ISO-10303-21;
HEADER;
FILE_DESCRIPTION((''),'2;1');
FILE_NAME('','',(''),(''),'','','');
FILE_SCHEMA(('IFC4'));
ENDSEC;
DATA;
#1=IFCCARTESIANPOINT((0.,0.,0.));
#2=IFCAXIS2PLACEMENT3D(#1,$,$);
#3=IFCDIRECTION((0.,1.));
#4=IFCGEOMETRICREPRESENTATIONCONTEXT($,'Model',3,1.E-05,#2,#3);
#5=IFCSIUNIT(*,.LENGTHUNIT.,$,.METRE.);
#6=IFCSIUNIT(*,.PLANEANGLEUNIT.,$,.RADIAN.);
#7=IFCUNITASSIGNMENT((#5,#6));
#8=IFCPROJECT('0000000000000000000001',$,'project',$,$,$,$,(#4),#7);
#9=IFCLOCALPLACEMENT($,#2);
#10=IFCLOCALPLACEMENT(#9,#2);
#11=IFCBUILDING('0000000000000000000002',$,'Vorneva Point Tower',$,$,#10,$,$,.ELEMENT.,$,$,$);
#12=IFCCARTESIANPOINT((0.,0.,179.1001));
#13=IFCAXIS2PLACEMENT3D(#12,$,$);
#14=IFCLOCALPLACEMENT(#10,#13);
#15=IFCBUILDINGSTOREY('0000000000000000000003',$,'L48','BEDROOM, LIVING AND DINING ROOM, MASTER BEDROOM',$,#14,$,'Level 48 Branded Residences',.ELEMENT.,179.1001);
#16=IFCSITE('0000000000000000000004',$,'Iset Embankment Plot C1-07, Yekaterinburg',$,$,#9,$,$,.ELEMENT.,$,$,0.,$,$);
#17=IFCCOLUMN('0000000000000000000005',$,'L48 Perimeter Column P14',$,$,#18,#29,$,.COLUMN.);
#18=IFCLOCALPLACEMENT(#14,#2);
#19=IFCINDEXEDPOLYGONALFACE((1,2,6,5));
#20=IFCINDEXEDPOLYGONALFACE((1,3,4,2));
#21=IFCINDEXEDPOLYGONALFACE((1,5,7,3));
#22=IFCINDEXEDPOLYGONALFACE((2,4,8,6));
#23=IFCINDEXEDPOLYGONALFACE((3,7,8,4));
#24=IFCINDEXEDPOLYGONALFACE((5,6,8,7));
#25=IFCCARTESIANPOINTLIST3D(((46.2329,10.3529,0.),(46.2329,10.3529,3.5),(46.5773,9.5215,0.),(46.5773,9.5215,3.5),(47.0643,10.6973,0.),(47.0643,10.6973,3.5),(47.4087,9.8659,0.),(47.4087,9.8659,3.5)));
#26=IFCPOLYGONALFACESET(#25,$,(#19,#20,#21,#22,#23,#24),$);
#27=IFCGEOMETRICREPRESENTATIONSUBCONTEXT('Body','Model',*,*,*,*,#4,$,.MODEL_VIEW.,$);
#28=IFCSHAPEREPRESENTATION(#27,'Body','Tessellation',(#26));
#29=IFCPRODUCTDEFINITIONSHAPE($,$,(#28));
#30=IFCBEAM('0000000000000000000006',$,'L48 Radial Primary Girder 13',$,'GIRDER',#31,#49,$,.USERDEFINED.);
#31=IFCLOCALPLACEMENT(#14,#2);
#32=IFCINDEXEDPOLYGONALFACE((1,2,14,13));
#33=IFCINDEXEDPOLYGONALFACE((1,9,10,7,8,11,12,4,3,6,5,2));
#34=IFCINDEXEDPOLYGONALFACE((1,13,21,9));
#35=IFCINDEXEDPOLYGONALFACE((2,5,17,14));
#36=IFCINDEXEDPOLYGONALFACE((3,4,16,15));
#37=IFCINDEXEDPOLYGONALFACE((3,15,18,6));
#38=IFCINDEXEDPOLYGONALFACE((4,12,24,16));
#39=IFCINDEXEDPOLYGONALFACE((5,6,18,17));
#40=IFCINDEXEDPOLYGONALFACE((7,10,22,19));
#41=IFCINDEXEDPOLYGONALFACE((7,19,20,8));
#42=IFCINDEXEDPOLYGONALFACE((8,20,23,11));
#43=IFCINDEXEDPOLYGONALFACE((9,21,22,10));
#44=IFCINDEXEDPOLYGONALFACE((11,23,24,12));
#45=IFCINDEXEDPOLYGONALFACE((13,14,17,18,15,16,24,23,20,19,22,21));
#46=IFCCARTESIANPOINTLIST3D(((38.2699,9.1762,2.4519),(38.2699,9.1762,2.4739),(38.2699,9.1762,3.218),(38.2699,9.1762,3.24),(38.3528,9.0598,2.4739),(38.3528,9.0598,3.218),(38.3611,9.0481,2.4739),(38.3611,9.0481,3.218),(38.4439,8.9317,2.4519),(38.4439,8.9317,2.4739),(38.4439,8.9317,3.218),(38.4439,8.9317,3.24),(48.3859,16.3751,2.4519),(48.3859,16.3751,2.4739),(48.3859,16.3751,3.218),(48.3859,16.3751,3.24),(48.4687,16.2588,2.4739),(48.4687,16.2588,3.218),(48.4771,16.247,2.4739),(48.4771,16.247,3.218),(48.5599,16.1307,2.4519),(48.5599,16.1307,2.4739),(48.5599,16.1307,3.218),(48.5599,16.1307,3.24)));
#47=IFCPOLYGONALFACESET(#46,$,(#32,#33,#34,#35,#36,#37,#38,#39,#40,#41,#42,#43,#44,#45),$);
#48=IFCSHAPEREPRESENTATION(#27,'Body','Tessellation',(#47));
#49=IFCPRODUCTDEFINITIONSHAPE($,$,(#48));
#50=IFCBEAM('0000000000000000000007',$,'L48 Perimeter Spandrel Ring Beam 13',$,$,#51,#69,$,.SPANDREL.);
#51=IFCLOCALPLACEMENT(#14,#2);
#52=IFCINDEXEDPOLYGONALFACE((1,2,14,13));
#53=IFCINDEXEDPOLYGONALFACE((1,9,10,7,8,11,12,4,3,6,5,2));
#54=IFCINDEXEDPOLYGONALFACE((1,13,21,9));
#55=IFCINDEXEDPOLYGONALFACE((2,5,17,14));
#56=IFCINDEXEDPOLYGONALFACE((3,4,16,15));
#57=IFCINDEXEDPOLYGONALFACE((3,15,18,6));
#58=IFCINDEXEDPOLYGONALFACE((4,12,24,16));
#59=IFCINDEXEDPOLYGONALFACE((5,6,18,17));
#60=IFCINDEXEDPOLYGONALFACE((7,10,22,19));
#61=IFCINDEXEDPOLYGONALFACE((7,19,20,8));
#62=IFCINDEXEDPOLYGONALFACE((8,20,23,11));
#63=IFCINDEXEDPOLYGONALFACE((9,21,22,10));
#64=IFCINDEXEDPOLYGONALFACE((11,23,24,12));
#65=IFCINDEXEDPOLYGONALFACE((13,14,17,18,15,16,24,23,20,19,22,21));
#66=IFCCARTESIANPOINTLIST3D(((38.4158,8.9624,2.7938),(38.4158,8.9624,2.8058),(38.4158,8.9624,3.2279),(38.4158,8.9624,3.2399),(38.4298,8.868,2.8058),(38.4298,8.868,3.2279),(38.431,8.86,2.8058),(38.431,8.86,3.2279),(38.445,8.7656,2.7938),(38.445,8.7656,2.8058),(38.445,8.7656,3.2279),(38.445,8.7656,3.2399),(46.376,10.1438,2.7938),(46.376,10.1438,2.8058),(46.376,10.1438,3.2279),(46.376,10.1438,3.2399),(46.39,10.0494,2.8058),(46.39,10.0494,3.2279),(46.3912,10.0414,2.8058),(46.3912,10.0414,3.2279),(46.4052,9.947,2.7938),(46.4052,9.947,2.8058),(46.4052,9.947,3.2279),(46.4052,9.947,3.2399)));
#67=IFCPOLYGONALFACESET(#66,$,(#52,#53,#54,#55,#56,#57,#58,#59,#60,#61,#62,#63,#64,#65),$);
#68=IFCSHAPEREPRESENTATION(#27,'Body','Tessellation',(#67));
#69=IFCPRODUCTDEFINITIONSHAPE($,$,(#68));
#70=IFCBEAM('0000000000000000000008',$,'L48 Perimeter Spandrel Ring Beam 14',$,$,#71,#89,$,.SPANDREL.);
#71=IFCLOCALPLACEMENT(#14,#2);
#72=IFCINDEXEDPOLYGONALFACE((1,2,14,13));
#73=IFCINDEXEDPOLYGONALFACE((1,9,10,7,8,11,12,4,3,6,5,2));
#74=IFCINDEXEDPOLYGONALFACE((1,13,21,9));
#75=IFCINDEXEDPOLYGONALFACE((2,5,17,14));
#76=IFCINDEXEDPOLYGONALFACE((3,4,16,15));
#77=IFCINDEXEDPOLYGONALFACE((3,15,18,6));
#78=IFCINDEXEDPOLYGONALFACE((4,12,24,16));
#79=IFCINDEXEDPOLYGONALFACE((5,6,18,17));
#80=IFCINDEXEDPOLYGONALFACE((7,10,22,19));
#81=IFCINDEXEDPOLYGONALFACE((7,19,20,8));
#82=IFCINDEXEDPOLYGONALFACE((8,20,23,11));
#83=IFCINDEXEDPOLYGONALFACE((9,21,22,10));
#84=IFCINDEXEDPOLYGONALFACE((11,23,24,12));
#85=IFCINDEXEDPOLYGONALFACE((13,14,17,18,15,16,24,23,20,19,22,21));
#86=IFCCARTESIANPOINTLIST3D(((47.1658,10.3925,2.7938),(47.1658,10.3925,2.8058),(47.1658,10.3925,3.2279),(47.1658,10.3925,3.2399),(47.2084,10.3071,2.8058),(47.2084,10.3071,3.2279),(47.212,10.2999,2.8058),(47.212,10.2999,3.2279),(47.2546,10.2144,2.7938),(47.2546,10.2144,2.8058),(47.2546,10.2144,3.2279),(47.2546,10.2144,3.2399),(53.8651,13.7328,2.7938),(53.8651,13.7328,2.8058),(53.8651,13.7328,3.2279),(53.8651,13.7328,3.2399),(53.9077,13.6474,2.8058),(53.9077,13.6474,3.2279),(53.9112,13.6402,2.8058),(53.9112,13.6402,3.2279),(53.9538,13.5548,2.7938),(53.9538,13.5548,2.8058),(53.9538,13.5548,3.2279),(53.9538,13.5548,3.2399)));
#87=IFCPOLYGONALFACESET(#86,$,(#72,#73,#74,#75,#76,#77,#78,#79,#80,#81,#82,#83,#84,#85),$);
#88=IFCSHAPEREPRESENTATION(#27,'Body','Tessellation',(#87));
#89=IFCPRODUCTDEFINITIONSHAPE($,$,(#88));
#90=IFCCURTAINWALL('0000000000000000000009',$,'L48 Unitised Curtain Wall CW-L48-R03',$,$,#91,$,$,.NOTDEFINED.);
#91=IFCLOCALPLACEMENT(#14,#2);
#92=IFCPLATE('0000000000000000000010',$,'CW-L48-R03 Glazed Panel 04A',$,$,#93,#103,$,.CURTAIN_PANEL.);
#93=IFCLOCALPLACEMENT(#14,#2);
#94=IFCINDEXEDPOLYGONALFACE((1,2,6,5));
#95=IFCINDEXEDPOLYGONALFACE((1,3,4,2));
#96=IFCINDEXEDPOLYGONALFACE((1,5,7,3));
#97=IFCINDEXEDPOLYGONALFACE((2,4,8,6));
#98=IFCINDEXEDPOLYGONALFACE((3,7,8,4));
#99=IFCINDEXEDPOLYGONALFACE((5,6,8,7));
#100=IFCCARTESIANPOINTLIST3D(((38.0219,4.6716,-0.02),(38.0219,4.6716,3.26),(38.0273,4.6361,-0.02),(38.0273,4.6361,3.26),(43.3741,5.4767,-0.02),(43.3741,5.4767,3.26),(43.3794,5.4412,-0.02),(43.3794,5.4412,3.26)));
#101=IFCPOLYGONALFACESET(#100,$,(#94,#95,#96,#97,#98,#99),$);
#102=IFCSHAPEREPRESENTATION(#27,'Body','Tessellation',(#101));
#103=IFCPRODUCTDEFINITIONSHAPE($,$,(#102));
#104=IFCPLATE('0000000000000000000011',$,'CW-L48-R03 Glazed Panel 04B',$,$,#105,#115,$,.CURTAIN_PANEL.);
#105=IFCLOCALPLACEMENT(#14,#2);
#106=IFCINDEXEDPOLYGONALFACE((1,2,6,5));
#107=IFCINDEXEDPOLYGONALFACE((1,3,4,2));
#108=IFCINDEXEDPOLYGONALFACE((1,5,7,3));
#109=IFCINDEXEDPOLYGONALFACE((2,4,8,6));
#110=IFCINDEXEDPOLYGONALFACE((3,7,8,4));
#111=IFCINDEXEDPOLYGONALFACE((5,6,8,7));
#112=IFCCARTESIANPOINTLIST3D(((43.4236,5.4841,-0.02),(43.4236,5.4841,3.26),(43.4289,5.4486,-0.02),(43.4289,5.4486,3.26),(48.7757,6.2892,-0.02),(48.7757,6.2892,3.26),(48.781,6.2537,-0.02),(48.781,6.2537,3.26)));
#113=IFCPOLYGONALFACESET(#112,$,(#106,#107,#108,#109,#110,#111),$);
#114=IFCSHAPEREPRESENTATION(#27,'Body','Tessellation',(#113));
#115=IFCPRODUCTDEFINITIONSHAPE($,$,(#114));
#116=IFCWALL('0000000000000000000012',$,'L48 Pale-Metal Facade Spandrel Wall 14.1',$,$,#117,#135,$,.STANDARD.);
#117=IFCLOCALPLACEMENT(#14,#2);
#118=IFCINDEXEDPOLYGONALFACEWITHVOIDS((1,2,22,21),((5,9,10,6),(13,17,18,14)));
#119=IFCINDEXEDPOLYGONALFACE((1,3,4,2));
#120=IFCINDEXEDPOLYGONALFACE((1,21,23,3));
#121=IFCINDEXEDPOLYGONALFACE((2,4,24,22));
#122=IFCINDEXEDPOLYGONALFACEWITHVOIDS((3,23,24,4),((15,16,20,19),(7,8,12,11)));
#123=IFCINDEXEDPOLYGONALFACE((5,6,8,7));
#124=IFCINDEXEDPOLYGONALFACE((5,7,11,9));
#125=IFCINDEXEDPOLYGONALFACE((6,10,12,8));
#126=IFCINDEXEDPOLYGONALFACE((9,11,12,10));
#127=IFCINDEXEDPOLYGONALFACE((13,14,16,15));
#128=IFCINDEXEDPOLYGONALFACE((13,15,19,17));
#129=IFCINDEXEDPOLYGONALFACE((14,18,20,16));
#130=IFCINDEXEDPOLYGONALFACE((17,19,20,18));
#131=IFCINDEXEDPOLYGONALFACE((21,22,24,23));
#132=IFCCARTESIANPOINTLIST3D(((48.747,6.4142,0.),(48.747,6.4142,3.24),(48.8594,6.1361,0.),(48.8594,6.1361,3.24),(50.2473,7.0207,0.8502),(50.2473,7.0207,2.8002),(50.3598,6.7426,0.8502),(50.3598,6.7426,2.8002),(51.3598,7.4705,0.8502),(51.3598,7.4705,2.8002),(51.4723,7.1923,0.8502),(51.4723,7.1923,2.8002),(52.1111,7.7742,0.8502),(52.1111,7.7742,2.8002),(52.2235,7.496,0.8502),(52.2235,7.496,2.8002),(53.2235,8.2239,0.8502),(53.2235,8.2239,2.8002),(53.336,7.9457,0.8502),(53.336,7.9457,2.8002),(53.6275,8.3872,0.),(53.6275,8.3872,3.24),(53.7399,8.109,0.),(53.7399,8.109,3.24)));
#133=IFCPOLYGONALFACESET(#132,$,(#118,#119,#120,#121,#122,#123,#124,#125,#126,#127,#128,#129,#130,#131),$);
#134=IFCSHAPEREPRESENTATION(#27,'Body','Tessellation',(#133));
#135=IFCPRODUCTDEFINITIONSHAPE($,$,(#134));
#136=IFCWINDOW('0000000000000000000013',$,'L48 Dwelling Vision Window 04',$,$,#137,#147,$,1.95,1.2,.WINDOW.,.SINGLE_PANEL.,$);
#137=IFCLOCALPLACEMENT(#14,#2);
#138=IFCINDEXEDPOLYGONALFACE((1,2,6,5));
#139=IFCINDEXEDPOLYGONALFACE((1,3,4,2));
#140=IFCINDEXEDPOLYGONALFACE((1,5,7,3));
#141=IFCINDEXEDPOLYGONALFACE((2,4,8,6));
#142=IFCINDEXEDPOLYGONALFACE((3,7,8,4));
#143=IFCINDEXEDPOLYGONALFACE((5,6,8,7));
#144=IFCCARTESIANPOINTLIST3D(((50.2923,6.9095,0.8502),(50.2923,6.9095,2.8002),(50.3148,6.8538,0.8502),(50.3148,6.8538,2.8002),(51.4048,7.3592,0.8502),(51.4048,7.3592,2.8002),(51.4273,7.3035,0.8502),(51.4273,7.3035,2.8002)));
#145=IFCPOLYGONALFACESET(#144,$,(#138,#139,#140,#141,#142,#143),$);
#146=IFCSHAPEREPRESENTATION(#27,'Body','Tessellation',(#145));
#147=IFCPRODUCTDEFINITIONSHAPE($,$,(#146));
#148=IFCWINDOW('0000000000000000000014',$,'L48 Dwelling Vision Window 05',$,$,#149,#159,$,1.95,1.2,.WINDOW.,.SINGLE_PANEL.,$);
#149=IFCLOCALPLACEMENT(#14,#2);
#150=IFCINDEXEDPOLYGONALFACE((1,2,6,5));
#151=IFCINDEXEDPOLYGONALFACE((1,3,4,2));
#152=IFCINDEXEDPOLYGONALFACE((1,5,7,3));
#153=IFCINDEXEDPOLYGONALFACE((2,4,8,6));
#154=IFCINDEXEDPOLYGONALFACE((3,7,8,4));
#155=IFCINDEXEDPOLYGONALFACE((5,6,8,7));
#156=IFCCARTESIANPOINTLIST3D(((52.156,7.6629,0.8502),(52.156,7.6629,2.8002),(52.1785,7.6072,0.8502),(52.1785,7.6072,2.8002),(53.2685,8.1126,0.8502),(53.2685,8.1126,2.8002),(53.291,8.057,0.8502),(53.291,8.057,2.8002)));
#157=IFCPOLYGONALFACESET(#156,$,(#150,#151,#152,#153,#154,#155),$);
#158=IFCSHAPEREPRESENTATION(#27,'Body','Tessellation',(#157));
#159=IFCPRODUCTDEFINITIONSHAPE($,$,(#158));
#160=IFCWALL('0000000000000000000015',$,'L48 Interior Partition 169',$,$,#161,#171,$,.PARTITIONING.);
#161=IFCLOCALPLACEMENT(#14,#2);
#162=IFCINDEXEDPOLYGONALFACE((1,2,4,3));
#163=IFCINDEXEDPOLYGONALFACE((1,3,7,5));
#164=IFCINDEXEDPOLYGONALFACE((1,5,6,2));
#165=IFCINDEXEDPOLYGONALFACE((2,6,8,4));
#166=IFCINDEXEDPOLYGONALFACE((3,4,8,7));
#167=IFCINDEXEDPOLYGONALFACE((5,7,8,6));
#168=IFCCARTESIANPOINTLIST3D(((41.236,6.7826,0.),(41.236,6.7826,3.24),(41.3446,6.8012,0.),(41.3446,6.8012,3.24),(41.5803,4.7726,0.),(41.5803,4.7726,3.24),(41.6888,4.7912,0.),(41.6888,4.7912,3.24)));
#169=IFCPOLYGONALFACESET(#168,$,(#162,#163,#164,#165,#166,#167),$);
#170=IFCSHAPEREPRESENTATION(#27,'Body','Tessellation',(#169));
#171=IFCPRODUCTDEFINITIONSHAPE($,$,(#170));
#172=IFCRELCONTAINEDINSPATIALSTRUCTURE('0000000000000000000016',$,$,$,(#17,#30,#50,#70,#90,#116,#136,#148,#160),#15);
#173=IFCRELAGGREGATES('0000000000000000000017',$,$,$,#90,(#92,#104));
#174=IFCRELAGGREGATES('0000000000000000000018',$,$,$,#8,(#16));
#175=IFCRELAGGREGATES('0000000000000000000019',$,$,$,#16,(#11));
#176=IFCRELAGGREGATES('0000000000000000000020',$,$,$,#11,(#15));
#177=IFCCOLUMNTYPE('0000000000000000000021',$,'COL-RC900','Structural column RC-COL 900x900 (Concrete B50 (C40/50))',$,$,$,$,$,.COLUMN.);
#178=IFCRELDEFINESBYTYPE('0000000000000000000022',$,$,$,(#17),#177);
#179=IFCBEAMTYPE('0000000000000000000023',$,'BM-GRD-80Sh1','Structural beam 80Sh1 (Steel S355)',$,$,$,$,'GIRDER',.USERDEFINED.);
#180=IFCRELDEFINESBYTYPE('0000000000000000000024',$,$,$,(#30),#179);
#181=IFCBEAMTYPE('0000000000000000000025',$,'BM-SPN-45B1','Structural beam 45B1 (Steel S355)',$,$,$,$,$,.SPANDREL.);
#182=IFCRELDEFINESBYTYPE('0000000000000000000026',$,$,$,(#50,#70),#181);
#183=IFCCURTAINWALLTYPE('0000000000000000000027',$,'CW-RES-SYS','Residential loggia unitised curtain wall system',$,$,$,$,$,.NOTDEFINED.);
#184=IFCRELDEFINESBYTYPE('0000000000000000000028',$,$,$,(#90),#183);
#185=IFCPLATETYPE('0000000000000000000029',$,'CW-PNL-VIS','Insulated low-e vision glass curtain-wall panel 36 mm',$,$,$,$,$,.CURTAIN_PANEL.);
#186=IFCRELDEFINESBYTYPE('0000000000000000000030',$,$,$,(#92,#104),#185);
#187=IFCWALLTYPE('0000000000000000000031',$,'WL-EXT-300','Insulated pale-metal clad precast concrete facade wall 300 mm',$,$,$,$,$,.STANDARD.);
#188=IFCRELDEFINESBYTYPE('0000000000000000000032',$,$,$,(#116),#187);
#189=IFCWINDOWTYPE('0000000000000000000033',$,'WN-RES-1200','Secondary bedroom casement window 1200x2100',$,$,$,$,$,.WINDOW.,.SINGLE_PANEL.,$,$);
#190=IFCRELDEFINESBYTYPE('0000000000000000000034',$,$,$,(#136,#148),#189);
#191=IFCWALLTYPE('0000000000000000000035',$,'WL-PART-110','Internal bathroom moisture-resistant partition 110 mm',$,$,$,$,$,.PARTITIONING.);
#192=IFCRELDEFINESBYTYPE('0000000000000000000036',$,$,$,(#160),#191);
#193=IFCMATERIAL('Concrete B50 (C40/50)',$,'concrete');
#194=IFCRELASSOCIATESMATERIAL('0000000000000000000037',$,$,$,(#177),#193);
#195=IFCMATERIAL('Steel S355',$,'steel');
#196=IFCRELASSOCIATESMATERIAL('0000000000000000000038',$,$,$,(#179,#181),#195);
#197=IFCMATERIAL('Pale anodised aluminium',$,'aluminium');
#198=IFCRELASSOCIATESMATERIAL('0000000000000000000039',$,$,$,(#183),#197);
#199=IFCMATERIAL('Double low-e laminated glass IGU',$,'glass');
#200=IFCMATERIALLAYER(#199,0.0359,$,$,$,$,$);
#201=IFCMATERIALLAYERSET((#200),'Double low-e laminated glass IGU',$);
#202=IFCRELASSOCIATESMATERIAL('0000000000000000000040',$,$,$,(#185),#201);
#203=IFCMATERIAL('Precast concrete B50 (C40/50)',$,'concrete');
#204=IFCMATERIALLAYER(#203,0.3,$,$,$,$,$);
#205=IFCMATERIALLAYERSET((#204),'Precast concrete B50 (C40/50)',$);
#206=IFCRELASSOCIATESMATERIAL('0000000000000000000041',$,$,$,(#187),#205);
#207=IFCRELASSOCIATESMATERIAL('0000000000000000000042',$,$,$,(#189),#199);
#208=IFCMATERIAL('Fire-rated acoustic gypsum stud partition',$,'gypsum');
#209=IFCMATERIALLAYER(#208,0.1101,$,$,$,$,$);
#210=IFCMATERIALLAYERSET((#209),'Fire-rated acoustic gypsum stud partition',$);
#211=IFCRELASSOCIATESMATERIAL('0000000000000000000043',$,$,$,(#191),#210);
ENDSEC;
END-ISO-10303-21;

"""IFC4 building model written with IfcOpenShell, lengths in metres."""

from ifc_helpers import new_model, si_unit, direction, frame, frame_2d, origin, origin_2d, place, context, subcontext, project, spatial, rectangle, i_section, extrude, material, layer, layer_set, material_profile, profile_set, type_object, element, fill, aggregate, save


model = new_model("IFC4")

# Units and contexts
model_context = context("Model", 3, precision=1e-05, world=origin(), true_north=direction((0.0, 1.0)))
body_context = subcontext(model_context, "Body", "Model", "MODEL_VIEW")
ifc_project = project(units=[si_unit("LENGTHUNIT", "METRE"), si_unit("PLANEANGLEUNIT", "RADIAN")], contexts=[model_context])

# Site, building, storey
site_placement = place(None, origin())
site = spatial("IfcSite", under=ifc_project, at=site_placement, Name="Iset Embankment Plot C1-07, Yekaterinburg", CompositionType="ELEMENT", RefElevation=0.0)
building_placement = place(site_placement, origin())
building = spatial("IfcBuilding", under=site, at=building_placement, Name="Vorneva Point Tower", CompositionType="ELEMENT")
storey_placement = place(building_placement, frame((0.0, 0.0, 179.1001)))
storey = spatial("IfcBuildingStorey", under=building, at=storey_placement, Name="L48", Description="BEDROOM, LIVING AND DINING ROOM, MASTER BEDROOM", LongName="Level 48 Branded Residences", CompositionType="ELEMENT", Elevation=179.1001)

# Column
ifc_material_1 = material(Name="Concrete B50 (C40/50)", Category="concrete")
ifc_material_profile_1 = material_profile(ifc_material_1, rectangle(XDim=0.8999, YDim=0.8999, at=origin_2d()), Name="RC-COL 900x900")
ifc_profile_set_1 = profile_set([ifc_material_profile_1], Name="Concrete B50 (C40/50)")
column_type = type_object("IfcColumnType", Name="COL-RC900", Description="Structural column RC-COL 900x900 (Concrete B50 (C40/50))", PredefinedType="COLUMN", material=ifc_profile_set_1)
column_placement = place(storey_placement, frame((46.8208, 10.1094, 0.0), z_axis=(0.0, 0.0, 1.0), x_axis=(0.382683, -0.92388, 0.0)))
element("IfcColumn", 1, at=column_placement, inside=storey, type_object=column_type, Name="L48 Perimeter Column P14", PredefinedType="COLUMN", context=body_context, shape_type="SweptSolid", body=[
    extrude(rectangle(XDim=0.8999, YDim=0.8999, at=origin_2d()), origin(), (0.0, 0.0, 1.0), 3.5),
])

# Beams
ifc_material_2 = material(Name="Steel S355", Category="steel")
ifc_material_profile_2 = material_profile(ifc_material_2, i_section(OverallWidth=0.3, OverallDepth=0.7881, WebThickness=0.0144, FlangeThickness=0.022, at=origin_2d()), Name="80Sh1")
ifc_profile_set_2 = profile_set([ifc_material_profile_2], Name="Steel S355")
beam_type_1 = type_object("IfcBeamType", Name="BM-GRD-80Sh1", Description="Structural beam 80Sh1 (Steel S355)", ElementType="GIRDER", PredefinedType="USERDEFINED", material=ifc_profile_set_2)
beam_1_placement = place(storey_placement, frame((38.3569, 9.054, 2.8459), z_axis=(0.81475, 0.579813, 0.0), x_axis=(-0.579813, 0.81475, 0.0)))
element("IfcBeam", 2, at=beam_1_placement, inside=storey, type_object=beam_type_1, Name="L48 Radial Primary Girder 13", ObjectType="GIRDER", PredefinedType="USERDEFINED", context=body_context, shape_type="SweptSolid", body=[
    extrude(i_section(OverallWidth=0.3, OverallDepth=0.7881, WebThickness=0.0144, FlangeThickness=0.022, at=origin_2d()), origin(), (0.0, 0.0, 1.0), 12.416),
])
ifc_material_profile_3 = material_profile(ifc_material_2, i_section(OverallWidth=0.199, OverallDepth=0.446, WebThickness=0.0081, FlangeThickness=0.012, at=origin_2d()), Name="45B1")
ifc_profile_set_3 = profile_set([ifc_material_profile_3], Name="Steel S355")
beam_type_2 = type_object("IfcBeamType", Name="BM-SPN-45B1", Description="Structural beam 45B1 (Steel S355)", PredefinedType="SPANDREL", material=ifc_profile_set_3)
beam_2_placement = place(storey_placement, frame((38.4304, 8.864, 3.0168), z_axis=(0.989165, 0.146805, 0.0), x_axis=(-0.146805, 0.989165, 0.0)))
element("IfcBeam", 3, at=beam_2_placement, inside=storey, type_object=beam_type_2, Name="L48 Perimeter Spandrel Ring Beam 13", PredefinedType="SPANDREL", context=body_context, shape_type="SweptSolid", body=[
    extrude(i_section(OverallWidth=0.199, OverallDepth=0.446, WebThickness=0.0081, FlangeThickness=0.012, at=origin_2d()), origin(), (0.0, 0.0, 1.0), 8.0474),
])
beam_3_placement = place(storey_placement, frame((47.2102, 10.3035, 3.0168), z_axis=(0.894922, 0.446222, 0.0), x_axis=(-0.446222, 0.894922, 0.0)))
element("IfcBeam", 4, at=beam_3_placement, inside=storey, type_object=beam_type_2, Name="L48 Perimeter Spandrel Ring Beam 14", PredefinedType="SPANDREL", context=body_context, shape_type="SweptSolid", body=[
    extrude(i_section(OverallWidth=0.199, OverallDepth=0.446, WebThickness=0.0081, FlangeThickness=0.012, at=origin_2d()), origin(), (0.0, 0.0, 1.0), 7.4858),
])

# Curtain wall, plates
ifc_material_3 = material(Name="Pale anodised aluminium", Category="aluminium")
curtain_wall_type = type_object("IfcCurtainWallType", Name="CW-RES-SYS", Description="Residential loggia unitised curtain wall system", PredefinedType="NOTDEFINED", material=ifc_material_3)
curtain_wall_placement = place(storey_placement, origin())
curtain_wall = element("IfcCurtainWall", 5, at=curtain_wall_placement, inside=storey, type_object=curtain_wall_type, Name="L48 Unitised Curtain Wall CW-L48-R03", PredefinedType="NOTDEFINED")
ifc_material_4 = material(Name="Double low-e laminated glass IGU", Category="glass")
ifc_layer_1 = layer(ifc_material_4, 0.0359)
ifc_layer_set_1 = layer_set([ifc_layer_1], Name="Double low-e laminated glass IGU")
plate_type = type_object("IfcPlateType", Name="CW-PNL-VIS", Description="Insulated low-e vision glass curtain-wall panel 36 mm", PredefinedType="CURTAIN_PANEL", material=ifc_layer_set_1)
plate_1_placement = place(storey_placement, frame((40.7007, 5.0564, -0.02), z_axis=(0.0, 0.0, 1.0), x_axis=(0.988874, 0.148759, 0.0)))
plate_1 = element("IfcPlate", 6, at=plate_1_placement, type_object=plate_type, Name="CW-L48-R03 Glazed Panel 04A", PredefinedType="CURTAIN_PANEL", context=body_context, shape_type="SweptSolid", body=[
    extrude(rectangle(XDim=5.4124, YDim=0.0359, at=origin_2d()), origin(), (0.0, 0.0, 1.0), 3.28),
])
plate_2_placement = place(storey_placement, frame((46.1023, 5.8689, -0.02), z_axis=(0.0, 0.0, 1.0), x_axis=(0.988874, 0.148759, 0.0)))
plate_2 = element("IfcPlate", 7, at=plate_2_placement, type_object=plate_type, Name="CW-L48-R03 Glazed Panel 04B", PredefinedType="CURTAIN_PANEL", context=body_context, shape_type="SweptSolid", body=[
    extrude(rectangle(XDim=5.4124, YDim=0.0359, at=origin_2d()), origin(), (0.0, 0.0, 1.0), 3.28),
])
aggregate(curtain_wall, [plate_1, plate_2])

# Wall, openings, windows
ifc_material_5 = material(Name="Precast concrete B50 (C40/50)", Category="concrete")
ifc_layer_2 = layer(ifc_material_5, 0.3)
ifc_layer_set_2 = layer_set([ifc_layer_2], Name="Precast concrete B50 (C40/50)")
wall_type_1 = type_object("IfcWallType", Name="WL-EXT-300", Description="Insulated pale-metal clad precast concrete facade wall 300 mm", PredefinedType="STANDARD", material=ifc_layer_set_2)
wall_1_placement = place(storey_placement, frame((48.8032, 6.2751, 0.0), z_axis=(0.0, 0.0, 1.0), x_axis=(0.927111, 0.374787, 0.0)))
wall_1 = element("IfcWall", 8, at=wall_1_placement, inside=storey, type_object=wall_type_1, Name="L48 Pale-Metal Facade Spandrel Wall 14.1", PredefinedType="STANDARD", context=body_context, shape_type="SweptSolid", body=[
    extrude(rectangle(XDim=5.2642, YDim=0.3, at=frame_2d((2.6321, 0.0))), origin(), (0.0, 0.0, 1.0), 3.24),
])
opening_1_placement = place(wall_1_placement, frame((1.6182, 0.0, 0.8501)))
opening_1 = element("IfcOpeningElement", 9, at=opening_1_placement, cuts=wall_1, PredefinedType="OPENING", context=body_context, shape_type="SweptSolid", body=[
    extrude(rectangle(XDim=1.2, YDim=1.95, at=frame_2d((0.6001, 0.9751))), frame((0.0, 0.165, 0.0), z_axis=(0.0, -1.0, 0.0), x_axis=(1.0, 0.0, 0.0)), (0.0, 0.0, 1.0), 0.3298),
])
opening_2_placement = place(wall_1_placement, frame((3.6284, 0.0, 0.8501)))
opening_2 = element("IfcOpeningElement", 10, at=opening_2_placement, cuts=wall_1, PredefinedType="OPENING", context=body_context, shape_type="SweptSolid", body=[
    extrude(rectangle(XDim=1.2, YDim=1.95, at=frame_2d((0.6001, 0.9751))), frame((0.0, 0.165, 0.0), z_axis=(0.0, -1.0, 0.0), x_axis=(1.0, 0.0, 0.0)), (0.0, 0.0, 1.0), 0.3298),
])
window_type = type_object("IfcWindowType", Name="WN-RES-1200", Description="Secondary bedroom casement window 1200x2100", PartitioningType="SINGLE_PANEL", PredefinedType="WINDOW", material=ifc_material_4)
window_1_placement = place(opening_1_placement, origin())
window_1 = element("IfcWindow", 11, at=window_1_placement, inside=storey, type_object=window_type, Name="L48 Dwelling Vision Window 04", OverallHeight=1.95, OverallWidth=1.2, PartitioningType="SINGLE_PANEL", PredefinedType="WINDOW", context=body_context, shape_type="SweptSolid", body=[
    extrude(rectangle(XDim=1.2, YDim=1.95, at=frame_2d((0.6001, 0.9751))), frame((0.0, 0.03, 0.0), z_axis=(0.0, -1.0, 0.0), x_axis=(1.0, 0.0, 0.0)), (0.0, 0.0, 1.0), 0.0601),
])
fill(opening_1, window_1)
window_2_placement = place(opening_2_placement, origin())
window_2 = element("IfcWindow", 12, at=window_2_placement, inside=storey, type_object=window_type, Name="L48 Dwelling Vision Window 05", OverallHeight=1.95, OverallWidth=1.2, PartitioningType="SINGLE_PANEL", PredefinedType="WINDOW", context=body_context, shape_type="SweptSolid", body=[
    extrude(rectangle(XDim=1.2, YDim=1.95, at=frame_2d((0.6001, 0.9751))), frame((0.0, 0.03, 0.0), z_axis=(0.0, -1.0, 0.0), x_axis=(1.0, 0.0, 0.0)), (0.0, 0.0, 1.0), 0.0601),
])
fill(opening_2, window_2)

# Wall
ifc_material_6 = material(Name="Fire-rated acoustic gypsum stud partition", Category="gypsum")
ifc_layer_3 = layer(ifc_material_6, 0.1101)
ifc_layer_set_3 = layer_set([ifc_layer_3], Name="Fire-rated acoustic gypsum stud partition")
wall_type_2 = type_object("IfcWallType", Name="WL-PART-110", Description="Internal bathroom moisture-resistant partition 110 mm", PredefinedType="PARTITIONING", material=ifc_layer_set_3)
wall_2_placement = place(storey_placement, frame((41.6345, 4.782, 0.0), z_axis=(0.0, 0.0, 1.0), x_axis=(-0.168804, 0.98565, 0.0)))
element("IfcWall", 13, at=wall_2_placement, inside=storey, type_object=wall_type_2, Name="L48 Interior Partition 169", PredefinedType="PARTITIONING", context=body_context, shape_type="SweptSolid", body=[
    extrude(rectangle(XDim=2.0393, YDim=0.1101, at=frame_2d((1.0195, 0.0))), origin(), (0.0, 0.0, 1.0), 3.24),
])

save(model, "model.ifc")
